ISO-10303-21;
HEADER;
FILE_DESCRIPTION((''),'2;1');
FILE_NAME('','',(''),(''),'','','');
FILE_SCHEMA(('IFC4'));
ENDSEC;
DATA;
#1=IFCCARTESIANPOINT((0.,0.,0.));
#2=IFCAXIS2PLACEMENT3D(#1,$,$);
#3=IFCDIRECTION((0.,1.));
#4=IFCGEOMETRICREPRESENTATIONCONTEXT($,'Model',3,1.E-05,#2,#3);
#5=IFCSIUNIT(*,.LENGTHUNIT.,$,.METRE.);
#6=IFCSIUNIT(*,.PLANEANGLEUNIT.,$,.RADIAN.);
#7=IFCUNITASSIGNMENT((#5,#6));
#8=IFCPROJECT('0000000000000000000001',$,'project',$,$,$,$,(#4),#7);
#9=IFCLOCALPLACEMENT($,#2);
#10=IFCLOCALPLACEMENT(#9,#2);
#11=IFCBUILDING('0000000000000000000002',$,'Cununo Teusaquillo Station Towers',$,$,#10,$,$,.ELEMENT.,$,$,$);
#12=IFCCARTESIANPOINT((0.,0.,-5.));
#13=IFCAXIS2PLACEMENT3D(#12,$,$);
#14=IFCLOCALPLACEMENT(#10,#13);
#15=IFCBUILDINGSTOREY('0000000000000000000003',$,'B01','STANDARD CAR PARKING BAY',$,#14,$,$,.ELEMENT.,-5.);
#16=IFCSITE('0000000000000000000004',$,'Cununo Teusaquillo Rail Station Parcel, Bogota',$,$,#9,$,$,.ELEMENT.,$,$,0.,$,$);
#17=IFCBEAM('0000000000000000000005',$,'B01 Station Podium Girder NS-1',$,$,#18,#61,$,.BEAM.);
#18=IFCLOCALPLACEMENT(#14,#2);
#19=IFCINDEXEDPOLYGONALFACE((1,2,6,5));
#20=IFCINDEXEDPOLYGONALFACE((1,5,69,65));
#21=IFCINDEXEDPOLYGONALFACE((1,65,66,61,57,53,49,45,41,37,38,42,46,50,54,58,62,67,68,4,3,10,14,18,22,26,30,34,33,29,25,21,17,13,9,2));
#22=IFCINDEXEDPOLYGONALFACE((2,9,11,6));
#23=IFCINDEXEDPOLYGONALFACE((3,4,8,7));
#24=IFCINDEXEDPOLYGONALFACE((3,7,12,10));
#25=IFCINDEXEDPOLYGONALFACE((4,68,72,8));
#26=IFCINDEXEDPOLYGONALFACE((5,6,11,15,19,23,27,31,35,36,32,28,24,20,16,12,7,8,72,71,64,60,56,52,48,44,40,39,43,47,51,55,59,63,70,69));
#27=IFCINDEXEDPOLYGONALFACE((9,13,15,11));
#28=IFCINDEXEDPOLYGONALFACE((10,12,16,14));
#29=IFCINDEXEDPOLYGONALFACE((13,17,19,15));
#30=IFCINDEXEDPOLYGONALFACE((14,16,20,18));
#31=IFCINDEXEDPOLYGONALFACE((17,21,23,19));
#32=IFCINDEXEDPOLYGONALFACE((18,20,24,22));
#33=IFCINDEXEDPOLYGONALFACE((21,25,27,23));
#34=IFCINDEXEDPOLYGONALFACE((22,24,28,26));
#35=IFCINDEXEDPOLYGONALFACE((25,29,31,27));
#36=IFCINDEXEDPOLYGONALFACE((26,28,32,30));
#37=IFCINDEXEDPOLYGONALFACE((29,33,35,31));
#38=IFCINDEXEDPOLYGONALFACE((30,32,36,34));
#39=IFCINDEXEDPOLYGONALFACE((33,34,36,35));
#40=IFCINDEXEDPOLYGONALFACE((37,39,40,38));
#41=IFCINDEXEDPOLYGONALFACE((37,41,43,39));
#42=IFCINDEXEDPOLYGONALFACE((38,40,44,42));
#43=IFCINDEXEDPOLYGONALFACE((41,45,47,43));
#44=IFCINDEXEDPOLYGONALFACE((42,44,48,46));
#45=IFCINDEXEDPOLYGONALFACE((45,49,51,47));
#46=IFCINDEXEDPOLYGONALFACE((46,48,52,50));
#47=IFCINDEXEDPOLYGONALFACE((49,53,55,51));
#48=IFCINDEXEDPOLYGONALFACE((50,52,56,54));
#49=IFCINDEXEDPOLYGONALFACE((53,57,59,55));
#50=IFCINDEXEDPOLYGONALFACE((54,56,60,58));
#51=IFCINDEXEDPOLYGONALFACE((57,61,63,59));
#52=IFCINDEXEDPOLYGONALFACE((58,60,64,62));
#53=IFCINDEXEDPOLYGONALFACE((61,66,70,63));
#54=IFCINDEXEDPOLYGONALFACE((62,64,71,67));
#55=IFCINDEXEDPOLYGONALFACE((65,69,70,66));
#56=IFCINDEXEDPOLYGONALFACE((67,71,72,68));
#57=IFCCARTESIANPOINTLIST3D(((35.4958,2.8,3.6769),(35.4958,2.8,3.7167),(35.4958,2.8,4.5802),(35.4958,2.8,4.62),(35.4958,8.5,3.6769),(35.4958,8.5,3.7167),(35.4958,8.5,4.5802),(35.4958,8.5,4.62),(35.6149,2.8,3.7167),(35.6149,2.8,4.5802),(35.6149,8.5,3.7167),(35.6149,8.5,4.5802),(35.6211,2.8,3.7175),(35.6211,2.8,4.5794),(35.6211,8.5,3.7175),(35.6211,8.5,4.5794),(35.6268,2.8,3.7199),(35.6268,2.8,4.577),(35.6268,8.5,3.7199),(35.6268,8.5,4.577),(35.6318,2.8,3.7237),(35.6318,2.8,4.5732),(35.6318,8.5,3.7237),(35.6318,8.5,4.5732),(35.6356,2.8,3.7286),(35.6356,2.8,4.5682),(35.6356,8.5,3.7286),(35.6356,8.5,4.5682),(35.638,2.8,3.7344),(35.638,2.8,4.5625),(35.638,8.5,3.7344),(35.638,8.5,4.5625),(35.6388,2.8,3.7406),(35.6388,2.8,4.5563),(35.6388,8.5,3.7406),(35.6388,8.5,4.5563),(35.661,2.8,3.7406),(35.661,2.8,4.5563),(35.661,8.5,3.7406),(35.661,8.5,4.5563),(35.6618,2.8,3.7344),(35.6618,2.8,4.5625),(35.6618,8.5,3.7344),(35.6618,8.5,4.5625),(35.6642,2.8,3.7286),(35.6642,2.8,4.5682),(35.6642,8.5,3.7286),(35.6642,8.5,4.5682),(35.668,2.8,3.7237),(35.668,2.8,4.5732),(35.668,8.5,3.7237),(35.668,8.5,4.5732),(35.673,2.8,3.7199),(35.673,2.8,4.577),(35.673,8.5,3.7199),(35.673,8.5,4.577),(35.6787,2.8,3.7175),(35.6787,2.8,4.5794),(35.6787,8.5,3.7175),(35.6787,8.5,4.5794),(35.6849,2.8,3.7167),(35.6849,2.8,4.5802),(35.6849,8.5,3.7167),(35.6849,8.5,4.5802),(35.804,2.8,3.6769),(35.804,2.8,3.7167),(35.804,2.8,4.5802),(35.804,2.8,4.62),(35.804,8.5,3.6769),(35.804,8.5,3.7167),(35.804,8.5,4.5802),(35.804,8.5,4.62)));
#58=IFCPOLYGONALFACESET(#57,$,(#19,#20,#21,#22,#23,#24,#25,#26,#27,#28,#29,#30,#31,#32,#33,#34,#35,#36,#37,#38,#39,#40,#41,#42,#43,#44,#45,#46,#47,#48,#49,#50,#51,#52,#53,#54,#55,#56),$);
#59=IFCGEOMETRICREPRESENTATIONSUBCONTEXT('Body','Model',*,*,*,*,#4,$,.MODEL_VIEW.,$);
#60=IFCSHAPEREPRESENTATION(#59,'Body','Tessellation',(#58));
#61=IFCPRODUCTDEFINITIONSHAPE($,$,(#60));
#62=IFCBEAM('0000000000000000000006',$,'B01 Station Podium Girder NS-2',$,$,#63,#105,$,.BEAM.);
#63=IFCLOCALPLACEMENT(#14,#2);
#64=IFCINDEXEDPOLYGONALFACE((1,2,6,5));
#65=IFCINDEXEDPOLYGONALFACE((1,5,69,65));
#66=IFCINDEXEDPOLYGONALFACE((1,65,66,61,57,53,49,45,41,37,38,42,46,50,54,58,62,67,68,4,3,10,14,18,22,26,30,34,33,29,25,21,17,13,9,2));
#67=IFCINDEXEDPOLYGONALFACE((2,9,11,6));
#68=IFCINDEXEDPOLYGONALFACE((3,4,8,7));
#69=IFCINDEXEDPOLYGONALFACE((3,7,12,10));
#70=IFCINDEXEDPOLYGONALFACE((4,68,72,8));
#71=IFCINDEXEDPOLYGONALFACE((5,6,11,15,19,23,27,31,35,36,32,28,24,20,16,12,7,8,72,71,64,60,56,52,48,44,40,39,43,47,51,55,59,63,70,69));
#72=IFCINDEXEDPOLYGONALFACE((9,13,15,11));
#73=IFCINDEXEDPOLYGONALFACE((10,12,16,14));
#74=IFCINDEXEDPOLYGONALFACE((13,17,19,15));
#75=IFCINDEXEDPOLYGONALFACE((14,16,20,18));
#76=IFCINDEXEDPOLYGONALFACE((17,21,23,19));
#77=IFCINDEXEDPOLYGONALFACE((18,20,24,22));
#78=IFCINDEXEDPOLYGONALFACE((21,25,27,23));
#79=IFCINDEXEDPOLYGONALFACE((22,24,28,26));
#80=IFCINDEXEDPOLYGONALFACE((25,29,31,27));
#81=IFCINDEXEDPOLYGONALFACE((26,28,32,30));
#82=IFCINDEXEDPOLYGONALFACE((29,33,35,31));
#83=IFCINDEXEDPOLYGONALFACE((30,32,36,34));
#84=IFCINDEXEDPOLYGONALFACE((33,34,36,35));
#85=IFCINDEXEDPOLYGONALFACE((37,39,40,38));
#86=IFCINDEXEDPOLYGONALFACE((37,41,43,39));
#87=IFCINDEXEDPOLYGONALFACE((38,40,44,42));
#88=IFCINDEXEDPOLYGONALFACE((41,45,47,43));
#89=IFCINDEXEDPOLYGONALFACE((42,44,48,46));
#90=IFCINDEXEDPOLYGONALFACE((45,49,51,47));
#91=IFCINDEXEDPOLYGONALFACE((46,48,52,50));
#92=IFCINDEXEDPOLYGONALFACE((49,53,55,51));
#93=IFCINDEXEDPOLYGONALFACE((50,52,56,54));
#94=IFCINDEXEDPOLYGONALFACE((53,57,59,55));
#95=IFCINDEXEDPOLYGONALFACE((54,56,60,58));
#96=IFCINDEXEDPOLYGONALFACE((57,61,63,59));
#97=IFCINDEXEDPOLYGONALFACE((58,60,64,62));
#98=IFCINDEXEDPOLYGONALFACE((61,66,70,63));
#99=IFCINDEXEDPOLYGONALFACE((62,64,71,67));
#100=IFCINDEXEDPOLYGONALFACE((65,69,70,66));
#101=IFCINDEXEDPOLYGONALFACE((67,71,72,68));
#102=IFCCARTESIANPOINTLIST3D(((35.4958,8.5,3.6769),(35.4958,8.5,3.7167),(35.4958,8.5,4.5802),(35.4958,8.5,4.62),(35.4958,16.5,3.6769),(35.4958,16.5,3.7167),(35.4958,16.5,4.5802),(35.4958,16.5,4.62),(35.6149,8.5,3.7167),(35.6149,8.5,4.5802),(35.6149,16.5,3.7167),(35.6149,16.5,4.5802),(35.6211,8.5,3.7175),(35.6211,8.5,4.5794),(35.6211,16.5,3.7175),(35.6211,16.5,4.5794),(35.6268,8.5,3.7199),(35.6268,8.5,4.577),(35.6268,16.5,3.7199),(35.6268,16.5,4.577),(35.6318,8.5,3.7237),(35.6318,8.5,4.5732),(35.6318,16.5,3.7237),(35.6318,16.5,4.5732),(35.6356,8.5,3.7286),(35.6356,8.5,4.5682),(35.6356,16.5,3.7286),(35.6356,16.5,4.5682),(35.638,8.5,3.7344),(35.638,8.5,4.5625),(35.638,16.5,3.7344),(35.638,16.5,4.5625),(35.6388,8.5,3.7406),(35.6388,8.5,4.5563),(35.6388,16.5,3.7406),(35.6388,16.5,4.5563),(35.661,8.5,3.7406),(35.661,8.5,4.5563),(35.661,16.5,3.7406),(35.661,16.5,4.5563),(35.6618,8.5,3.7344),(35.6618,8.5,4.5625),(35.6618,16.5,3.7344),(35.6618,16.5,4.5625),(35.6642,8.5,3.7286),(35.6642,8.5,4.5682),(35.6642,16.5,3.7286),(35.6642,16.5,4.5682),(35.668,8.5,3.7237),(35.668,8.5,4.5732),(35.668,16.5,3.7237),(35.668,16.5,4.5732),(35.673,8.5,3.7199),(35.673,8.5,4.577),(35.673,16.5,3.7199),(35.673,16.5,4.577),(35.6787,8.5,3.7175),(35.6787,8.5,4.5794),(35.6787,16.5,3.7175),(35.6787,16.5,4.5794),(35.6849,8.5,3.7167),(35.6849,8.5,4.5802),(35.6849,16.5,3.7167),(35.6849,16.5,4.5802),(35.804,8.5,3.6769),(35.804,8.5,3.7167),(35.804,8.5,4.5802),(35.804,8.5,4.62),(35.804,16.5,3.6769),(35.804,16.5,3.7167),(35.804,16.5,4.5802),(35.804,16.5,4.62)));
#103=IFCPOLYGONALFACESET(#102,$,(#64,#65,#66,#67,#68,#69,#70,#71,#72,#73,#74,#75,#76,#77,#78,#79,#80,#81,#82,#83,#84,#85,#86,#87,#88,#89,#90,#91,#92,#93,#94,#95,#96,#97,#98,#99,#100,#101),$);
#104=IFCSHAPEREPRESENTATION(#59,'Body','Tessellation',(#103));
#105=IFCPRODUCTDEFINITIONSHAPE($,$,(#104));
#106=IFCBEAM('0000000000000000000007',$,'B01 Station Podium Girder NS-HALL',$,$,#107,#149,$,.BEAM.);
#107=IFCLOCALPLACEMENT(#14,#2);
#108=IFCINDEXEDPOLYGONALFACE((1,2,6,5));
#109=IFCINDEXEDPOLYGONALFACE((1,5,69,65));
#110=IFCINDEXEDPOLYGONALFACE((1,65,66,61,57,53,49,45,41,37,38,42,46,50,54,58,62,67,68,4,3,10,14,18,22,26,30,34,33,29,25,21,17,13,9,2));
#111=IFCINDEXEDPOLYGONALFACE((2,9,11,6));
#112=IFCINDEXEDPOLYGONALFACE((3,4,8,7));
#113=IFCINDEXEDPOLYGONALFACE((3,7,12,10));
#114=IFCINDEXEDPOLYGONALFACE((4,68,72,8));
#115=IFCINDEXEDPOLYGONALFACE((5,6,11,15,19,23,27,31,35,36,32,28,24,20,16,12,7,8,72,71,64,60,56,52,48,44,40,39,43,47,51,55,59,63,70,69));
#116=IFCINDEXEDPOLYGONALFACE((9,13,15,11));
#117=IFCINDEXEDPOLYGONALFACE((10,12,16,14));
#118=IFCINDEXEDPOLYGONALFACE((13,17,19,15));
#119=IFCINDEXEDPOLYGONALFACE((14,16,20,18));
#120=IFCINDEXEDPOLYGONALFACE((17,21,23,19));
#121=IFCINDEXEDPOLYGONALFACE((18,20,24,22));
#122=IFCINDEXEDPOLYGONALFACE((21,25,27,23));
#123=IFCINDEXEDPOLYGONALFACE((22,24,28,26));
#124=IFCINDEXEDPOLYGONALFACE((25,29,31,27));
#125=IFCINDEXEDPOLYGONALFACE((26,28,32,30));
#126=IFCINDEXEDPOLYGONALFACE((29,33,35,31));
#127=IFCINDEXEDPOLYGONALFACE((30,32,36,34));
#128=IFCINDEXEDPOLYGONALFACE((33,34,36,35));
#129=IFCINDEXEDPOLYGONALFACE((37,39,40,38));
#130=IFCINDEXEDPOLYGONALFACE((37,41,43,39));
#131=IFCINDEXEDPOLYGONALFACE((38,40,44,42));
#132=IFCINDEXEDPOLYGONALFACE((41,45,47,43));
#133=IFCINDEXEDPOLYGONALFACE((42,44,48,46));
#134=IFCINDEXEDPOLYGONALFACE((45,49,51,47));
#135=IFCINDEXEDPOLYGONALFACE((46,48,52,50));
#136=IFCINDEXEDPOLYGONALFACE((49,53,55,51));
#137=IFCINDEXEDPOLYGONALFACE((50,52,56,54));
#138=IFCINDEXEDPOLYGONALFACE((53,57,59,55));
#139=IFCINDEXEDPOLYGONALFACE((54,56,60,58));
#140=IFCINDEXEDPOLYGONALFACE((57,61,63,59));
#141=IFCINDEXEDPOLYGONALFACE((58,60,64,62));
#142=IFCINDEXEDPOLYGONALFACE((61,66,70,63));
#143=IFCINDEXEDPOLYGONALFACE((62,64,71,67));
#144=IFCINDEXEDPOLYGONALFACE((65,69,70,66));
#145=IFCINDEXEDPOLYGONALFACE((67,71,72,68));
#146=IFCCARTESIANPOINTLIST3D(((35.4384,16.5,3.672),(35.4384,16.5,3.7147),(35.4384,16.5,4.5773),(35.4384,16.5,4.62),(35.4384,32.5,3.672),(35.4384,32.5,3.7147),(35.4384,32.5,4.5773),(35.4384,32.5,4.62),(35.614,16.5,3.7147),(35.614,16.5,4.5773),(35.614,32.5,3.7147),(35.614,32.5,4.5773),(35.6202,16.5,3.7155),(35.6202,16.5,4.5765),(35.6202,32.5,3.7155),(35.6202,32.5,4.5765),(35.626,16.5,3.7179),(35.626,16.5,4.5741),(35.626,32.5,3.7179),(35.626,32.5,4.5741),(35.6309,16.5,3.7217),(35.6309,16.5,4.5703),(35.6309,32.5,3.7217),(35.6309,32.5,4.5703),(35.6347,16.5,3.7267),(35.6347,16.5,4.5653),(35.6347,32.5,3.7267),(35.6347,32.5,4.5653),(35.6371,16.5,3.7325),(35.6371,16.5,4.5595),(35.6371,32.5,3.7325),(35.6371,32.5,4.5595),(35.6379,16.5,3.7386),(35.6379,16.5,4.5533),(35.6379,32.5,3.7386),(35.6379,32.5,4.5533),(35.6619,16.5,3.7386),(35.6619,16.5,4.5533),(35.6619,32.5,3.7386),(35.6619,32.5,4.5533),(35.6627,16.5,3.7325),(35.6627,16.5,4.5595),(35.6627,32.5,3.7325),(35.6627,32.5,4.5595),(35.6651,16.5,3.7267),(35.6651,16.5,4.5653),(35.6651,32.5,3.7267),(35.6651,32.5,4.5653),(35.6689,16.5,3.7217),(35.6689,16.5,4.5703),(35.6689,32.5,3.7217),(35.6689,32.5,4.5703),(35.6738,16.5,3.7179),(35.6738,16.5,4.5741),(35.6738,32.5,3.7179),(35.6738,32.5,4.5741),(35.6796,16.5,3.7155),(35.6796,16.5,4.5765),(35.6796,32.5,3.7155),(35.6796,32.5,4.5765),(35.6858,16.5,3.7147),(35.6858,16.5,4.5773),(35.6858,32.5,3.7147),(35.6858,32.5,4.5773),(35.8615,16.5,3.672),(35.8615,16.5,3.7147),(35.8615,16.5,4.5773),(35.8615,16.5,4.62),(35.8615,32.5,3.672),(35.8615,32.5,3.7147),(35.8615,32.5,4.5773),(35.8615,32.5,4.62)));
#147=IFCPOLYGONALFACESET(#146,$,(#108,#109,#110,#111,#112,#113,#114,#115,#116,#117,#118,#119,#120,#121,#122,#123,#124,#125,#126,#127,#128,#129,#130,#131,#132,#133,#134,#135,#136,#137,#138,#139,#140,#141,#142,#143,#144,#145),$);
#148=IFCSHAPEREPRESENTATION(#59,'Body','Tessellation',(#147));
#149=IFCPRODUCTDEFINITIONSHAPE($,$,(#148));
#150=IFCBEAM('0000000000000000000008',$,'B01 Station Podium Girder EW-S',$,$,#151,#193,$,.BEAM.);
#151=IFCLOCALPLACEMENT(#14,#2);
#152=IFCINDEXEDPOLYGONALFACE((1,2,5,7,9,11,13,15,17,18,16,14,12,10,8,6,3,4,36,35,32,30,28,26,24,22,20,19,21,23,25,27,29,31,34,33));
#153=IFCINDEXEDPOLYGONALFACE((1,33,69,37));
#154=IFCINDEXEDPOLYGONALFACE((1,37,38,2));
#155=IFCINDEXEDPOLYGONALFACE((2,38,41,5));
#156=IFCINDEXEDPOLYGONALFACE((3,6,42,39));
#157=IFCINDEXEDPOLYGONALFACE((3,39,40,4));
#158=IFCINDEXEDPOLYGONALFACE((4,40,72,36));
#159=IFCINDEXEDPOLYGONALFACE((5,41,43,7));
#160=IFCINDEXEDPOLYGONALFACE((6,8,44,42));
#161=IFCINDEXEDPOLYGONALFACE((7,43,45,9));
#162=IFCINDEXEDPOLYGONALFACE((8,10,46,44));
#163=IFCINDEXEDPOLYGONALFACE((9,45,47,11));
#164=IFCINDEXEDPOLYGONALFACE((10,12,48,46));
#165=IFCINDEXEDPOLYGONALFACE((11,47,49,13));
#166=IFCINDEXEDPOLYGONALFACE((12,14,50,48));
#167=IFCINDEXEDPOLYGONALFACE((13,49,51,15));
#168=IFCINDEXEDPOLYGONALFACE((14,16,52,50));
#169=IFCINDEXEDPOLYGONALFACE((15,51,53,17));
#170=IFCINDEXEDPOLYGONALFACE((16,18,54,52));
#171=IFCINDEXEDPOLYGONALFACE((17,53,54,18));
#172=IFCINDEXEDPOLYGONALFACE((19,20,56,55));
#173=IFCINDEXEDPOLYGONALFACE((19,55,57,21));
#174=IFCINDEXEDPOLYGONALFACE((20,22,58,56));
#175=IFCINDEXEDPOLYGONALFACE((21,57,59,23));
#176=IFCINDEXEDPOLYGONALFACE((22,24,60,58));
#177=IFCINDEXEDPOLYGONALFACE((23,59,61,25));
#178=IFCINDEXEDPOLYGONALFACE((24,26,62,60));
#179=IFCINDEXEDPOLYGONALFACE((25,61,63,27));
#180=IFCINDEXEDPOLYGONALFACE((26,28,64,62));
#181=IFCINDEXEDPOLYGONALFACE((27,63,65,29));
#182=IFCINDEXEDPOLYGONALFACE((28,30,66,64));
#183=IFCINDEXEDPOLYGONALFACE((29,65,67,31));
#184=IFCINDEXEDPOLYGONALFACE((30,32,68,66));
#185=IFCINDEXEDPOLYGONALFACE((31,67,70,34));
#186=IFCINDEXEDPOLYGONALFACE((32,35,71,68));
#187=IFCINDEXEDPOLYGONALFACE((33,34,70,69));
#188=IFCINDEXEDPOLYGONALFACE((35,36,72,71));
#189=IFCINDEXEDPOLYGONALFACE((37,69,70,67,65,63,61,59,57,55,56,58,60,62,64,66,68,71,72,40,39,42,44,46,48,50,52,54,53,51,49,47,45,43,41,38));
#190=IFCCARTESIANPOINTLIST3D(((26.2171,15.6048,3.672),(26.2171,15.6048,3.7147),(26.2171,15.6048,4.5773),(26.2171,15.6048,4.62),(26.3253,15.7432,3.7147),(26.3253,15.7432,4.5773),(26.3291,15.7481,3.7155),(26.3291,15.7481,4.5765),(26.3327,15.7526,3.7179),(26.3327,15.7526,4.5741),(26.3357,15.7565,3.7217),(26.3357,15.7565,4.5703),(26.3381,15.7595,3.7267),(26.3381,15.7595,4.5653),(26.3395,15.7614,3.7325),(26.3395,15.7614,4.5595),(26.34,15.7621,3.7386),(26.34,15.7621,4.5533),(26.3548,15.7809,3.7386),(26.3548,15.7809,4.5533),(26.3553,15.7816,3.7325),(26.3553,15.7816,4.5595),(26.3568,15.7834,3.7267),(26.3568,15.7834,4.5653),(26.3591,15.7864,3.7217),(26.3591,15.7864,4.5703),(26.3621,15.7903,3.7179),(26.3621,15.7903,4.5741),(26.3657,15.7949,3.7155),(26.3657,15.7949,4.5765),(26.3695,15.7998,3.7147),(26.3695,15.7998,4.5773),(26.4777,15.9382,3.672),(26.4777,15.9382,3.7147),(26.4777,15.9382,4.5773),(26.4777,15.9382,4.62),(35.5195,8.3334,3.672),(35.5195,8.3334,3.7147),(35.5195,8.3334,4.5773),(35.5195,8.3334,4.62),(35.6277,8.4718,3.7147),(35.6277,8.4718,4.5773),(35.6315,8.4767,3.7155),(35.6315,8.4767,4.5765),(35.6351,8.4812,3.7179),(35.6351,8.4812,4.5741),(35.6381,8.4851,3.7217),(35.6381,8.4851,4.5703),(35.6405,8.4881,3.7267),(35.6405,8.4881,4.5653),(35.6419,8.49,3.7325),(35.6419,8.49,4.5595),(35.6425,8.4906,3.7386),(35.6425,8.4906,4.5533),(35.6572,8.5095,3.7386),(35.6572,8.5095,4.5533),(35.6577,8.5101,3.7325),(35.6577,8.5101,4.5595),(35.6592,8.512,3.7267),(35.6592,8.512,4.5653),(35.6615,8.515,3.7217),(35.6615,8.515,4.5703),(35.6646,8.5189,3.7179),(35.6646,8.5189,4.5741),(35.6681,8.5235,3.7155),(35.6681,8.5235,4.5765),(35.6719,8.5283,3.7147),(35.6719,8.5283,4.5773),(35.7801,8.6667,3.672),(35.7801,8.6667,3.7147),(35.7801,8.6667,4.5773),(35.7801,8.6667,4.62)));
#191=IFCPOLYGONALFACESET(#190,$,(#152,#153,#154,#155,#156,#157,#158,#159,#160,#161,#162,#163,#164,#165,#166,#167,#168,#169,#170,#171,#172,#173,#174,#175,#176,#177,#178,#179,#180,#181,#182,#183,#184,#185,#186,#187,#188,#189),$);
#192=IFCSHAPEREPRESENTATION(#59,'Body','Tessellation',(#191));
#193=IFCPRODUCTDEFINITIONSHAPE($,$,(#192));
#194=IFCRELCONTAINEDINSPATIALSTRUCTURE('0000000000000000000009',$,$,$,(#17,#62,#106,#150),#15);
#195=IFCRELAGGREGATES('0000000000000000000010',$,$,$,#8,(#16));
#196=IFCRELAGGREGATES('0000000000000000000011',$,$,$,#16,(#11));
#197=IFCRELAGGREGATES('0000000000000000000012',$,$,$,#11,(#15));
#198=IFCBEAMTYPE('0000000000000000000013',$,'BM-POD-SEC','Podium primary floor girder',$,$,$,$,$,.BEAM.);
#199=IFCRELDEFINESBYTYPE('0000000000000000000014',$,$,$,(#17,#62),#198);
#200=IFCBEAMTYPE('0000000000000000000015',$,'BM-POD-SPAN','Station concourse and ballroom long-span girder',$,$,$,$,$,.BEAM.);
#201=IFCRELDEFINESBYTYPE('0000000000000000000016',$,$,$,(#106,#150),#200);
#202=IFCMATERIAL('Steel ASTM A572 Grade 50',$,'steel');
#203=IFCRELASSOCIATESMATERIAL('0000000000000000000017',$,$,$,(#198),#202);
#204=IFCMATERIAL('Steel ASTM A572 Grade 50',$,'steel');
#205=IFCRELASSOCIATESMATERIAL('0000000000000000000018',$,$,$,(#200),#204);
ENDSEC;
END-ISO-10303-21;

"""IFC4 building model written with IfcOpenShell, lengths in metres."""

from ifc_helpers import new_model, si_unit, direction, frame, origin, origin_2d, place, context, subcontext, project, spatial, i_section, extrude, material, material_profile, profile_set, type_object, element, save


model = new_model("IFC4")

# Units and contexts
model_context = context("Model", 3, precision=1e-05, world=origin(), true_north=direction((0.0, 1.0)))
body_context = subcontext(model_context, "Body", "Model", "MODEL_VIEW")
ifc_project = project(units=[si_unit("LENGTHUNIT", "METRE"), si_unit("PLANEANGLEUNIT", "RADIAN")], contexts=[model_context])

# Site, building, storey
site_placement = place(None, origin())
site = spatial("IfcSite", under=ifc_project, at=site_placement, Name="Cununo Teusaquillo Rail Station Parcel, Bogota", CompositionType="ELEMENT", RefElevation=0.0)
building_placement = place(site_placement, origin())
building = spatial("IfcBuilding", under=site, at=building_placement, Name="Cununo Teusaquillo Station Towers", CompositionType="ELEMENT")
storey_placement = place(building_placement, frame((0.0, 0.0, -5.0)))
storey = spatial("IfcBuildingStorey", under=building, at=storey_placement, Name="B01", Description="STANDARD CAR PARKING BAY", CompositionType="ELEMENT", Elevation=-5.0)

# Beams
ifc_material_1 = material(Name="Steel ASTM A572 Grade 50", Category="steel")
ifc_material_profile_1 = material_profile(ifc_material_1, i_section(OverallWidth=0.3081, OverallDepth=0.9431, WebThickness=0.0222, FlangeThickness=0.0398, FilletRadius=0.0239, at=origin_2d()), Name="W36X232")
ifc_profile_set_1 = profile_set([ifc_material_profile_1], Name="Steel ASTM A572 Grade 50")
beam_type_1 = type_object("IfcBeamType", Name="BM-POD-SEC", Description="Podium primary floor girder", PredefinedType="BEAM", material=ifc_profile_set_1)
beam_1_placement = place(storey_placement, frame((35.6499, 2.8, 4.1484), z_axis=(0.0, 1.0, 0.0), x_axis=(-1.0, 0.0, 0.0)))
element("IfcBeam", 1, at=beam_1_placement, inside=storey, type_object=beam_type_1, Name="B01 Station Podium Girder NS-1", PredefinedType="BEAM", context=body_context, shape_type="SweptSolid", body=[
    extrude(i_section(OverallWidth=0.3081, OverallDepth=0.9431, WebThickness=0.0222, FlangeThickness=0.0398, FilletRadius=0.0239, at=origin_2d()), origin(), (0.0, 0.0, 1.0), 5.7),
])
beam_2_placement = place(storey_placement, frame((35.6499, 8.5, 4.1484), z_axis=(0.0, 1.0, 0.0), x_axis=(-1.0, 0.0, 0.0)))
element("IfcBeam", 2, at=beam_2_placement, inside=storey, type_object=beam_type_1, Name="B01 Station Podium Girder NS-2", PredefinedType="BEAM", context=body_context, shape_type="SweptSolid", body=[
    extrude(i_section(OverallWidth=0.3081, OverallDepth=0.9431, WebThickness=0.0222, FlangeThickness=0.0398, FilletRadius=0.0239, at=origin_2d()), origin(), (0.0, 0.0, 1.0), 8.0),
])
ifc_material_2 = material(Name="Steel ASTM A572 Grade 50", Category="steel")
ifc_material_profile_2 = material_profile(ifc_material_2, i_section(OverallWidth=0.4231, OverallDepth=0.948, WebThickness=0.0239, FlangeThickness=0.0427, FilletRadius=0.0239, at=origin_2d()), Name="W36X302")
ifc_profile_set_2 = profile_set([ifc_material_profile_2], Name="Steel ASTM A572 Grade 50")
beam_type_2 = type_object("IfcBeamType", Name="BM-POD-SPAN", Description="Station concourse and ballroom long-span girder", PredefinedType="BEAM", material=ifc_profile_set_2)
beam_3_placement = place(storey_placement, frame((35.6499, 16.5, 4.146), z_axis=(0.0, 1.0, 0.0), x_axis=(-1.0, 0.0, 0.0)))
element("IfcBeam", 3, at=beam_3_placement, inside=storey, type_object=beam_type_2, Name="B01 Station Podium Girder NS-HALL", PredefinedType="BEAM", context=body_context, shape_type="SweptSolid", body=[
    extrude(i_section(OverallWidth=0.4231, OverallDepth=0.948, WebThickness=0.0239, FlangeThickness=0.0427, FilletRadius=0.0239, at=origin_2d()), origin(), (0.0, 0.0, 1.0), 16.0),
])
beam_4_placement = place(storey_placement, frame((26.3474, 15.7715, 4.146), z_axis=(0.787864, -0.61585, 0.0), x_axis=(0.61585, 0.787864, 0.0)))
element("IfcBeam", 4, at=beam_4_placement, inside=storey, type_object=beam_type_2, Name="B01 Station Podium Girder EW-S", PredefinedType="BEAM", context=body_context, shape_type="SweptSolid", body=[
    extrude(i_section(OverallWidth=0.4231, OverallDepth=0.948, WebThickness=0.0239, FlangeThickness=0.0427, FilletRadius=0.0239, at=origin_2d()), origin(), (0.0, 0.0, 1.0), 11.8071),
])

save(model, "model.ifc")
